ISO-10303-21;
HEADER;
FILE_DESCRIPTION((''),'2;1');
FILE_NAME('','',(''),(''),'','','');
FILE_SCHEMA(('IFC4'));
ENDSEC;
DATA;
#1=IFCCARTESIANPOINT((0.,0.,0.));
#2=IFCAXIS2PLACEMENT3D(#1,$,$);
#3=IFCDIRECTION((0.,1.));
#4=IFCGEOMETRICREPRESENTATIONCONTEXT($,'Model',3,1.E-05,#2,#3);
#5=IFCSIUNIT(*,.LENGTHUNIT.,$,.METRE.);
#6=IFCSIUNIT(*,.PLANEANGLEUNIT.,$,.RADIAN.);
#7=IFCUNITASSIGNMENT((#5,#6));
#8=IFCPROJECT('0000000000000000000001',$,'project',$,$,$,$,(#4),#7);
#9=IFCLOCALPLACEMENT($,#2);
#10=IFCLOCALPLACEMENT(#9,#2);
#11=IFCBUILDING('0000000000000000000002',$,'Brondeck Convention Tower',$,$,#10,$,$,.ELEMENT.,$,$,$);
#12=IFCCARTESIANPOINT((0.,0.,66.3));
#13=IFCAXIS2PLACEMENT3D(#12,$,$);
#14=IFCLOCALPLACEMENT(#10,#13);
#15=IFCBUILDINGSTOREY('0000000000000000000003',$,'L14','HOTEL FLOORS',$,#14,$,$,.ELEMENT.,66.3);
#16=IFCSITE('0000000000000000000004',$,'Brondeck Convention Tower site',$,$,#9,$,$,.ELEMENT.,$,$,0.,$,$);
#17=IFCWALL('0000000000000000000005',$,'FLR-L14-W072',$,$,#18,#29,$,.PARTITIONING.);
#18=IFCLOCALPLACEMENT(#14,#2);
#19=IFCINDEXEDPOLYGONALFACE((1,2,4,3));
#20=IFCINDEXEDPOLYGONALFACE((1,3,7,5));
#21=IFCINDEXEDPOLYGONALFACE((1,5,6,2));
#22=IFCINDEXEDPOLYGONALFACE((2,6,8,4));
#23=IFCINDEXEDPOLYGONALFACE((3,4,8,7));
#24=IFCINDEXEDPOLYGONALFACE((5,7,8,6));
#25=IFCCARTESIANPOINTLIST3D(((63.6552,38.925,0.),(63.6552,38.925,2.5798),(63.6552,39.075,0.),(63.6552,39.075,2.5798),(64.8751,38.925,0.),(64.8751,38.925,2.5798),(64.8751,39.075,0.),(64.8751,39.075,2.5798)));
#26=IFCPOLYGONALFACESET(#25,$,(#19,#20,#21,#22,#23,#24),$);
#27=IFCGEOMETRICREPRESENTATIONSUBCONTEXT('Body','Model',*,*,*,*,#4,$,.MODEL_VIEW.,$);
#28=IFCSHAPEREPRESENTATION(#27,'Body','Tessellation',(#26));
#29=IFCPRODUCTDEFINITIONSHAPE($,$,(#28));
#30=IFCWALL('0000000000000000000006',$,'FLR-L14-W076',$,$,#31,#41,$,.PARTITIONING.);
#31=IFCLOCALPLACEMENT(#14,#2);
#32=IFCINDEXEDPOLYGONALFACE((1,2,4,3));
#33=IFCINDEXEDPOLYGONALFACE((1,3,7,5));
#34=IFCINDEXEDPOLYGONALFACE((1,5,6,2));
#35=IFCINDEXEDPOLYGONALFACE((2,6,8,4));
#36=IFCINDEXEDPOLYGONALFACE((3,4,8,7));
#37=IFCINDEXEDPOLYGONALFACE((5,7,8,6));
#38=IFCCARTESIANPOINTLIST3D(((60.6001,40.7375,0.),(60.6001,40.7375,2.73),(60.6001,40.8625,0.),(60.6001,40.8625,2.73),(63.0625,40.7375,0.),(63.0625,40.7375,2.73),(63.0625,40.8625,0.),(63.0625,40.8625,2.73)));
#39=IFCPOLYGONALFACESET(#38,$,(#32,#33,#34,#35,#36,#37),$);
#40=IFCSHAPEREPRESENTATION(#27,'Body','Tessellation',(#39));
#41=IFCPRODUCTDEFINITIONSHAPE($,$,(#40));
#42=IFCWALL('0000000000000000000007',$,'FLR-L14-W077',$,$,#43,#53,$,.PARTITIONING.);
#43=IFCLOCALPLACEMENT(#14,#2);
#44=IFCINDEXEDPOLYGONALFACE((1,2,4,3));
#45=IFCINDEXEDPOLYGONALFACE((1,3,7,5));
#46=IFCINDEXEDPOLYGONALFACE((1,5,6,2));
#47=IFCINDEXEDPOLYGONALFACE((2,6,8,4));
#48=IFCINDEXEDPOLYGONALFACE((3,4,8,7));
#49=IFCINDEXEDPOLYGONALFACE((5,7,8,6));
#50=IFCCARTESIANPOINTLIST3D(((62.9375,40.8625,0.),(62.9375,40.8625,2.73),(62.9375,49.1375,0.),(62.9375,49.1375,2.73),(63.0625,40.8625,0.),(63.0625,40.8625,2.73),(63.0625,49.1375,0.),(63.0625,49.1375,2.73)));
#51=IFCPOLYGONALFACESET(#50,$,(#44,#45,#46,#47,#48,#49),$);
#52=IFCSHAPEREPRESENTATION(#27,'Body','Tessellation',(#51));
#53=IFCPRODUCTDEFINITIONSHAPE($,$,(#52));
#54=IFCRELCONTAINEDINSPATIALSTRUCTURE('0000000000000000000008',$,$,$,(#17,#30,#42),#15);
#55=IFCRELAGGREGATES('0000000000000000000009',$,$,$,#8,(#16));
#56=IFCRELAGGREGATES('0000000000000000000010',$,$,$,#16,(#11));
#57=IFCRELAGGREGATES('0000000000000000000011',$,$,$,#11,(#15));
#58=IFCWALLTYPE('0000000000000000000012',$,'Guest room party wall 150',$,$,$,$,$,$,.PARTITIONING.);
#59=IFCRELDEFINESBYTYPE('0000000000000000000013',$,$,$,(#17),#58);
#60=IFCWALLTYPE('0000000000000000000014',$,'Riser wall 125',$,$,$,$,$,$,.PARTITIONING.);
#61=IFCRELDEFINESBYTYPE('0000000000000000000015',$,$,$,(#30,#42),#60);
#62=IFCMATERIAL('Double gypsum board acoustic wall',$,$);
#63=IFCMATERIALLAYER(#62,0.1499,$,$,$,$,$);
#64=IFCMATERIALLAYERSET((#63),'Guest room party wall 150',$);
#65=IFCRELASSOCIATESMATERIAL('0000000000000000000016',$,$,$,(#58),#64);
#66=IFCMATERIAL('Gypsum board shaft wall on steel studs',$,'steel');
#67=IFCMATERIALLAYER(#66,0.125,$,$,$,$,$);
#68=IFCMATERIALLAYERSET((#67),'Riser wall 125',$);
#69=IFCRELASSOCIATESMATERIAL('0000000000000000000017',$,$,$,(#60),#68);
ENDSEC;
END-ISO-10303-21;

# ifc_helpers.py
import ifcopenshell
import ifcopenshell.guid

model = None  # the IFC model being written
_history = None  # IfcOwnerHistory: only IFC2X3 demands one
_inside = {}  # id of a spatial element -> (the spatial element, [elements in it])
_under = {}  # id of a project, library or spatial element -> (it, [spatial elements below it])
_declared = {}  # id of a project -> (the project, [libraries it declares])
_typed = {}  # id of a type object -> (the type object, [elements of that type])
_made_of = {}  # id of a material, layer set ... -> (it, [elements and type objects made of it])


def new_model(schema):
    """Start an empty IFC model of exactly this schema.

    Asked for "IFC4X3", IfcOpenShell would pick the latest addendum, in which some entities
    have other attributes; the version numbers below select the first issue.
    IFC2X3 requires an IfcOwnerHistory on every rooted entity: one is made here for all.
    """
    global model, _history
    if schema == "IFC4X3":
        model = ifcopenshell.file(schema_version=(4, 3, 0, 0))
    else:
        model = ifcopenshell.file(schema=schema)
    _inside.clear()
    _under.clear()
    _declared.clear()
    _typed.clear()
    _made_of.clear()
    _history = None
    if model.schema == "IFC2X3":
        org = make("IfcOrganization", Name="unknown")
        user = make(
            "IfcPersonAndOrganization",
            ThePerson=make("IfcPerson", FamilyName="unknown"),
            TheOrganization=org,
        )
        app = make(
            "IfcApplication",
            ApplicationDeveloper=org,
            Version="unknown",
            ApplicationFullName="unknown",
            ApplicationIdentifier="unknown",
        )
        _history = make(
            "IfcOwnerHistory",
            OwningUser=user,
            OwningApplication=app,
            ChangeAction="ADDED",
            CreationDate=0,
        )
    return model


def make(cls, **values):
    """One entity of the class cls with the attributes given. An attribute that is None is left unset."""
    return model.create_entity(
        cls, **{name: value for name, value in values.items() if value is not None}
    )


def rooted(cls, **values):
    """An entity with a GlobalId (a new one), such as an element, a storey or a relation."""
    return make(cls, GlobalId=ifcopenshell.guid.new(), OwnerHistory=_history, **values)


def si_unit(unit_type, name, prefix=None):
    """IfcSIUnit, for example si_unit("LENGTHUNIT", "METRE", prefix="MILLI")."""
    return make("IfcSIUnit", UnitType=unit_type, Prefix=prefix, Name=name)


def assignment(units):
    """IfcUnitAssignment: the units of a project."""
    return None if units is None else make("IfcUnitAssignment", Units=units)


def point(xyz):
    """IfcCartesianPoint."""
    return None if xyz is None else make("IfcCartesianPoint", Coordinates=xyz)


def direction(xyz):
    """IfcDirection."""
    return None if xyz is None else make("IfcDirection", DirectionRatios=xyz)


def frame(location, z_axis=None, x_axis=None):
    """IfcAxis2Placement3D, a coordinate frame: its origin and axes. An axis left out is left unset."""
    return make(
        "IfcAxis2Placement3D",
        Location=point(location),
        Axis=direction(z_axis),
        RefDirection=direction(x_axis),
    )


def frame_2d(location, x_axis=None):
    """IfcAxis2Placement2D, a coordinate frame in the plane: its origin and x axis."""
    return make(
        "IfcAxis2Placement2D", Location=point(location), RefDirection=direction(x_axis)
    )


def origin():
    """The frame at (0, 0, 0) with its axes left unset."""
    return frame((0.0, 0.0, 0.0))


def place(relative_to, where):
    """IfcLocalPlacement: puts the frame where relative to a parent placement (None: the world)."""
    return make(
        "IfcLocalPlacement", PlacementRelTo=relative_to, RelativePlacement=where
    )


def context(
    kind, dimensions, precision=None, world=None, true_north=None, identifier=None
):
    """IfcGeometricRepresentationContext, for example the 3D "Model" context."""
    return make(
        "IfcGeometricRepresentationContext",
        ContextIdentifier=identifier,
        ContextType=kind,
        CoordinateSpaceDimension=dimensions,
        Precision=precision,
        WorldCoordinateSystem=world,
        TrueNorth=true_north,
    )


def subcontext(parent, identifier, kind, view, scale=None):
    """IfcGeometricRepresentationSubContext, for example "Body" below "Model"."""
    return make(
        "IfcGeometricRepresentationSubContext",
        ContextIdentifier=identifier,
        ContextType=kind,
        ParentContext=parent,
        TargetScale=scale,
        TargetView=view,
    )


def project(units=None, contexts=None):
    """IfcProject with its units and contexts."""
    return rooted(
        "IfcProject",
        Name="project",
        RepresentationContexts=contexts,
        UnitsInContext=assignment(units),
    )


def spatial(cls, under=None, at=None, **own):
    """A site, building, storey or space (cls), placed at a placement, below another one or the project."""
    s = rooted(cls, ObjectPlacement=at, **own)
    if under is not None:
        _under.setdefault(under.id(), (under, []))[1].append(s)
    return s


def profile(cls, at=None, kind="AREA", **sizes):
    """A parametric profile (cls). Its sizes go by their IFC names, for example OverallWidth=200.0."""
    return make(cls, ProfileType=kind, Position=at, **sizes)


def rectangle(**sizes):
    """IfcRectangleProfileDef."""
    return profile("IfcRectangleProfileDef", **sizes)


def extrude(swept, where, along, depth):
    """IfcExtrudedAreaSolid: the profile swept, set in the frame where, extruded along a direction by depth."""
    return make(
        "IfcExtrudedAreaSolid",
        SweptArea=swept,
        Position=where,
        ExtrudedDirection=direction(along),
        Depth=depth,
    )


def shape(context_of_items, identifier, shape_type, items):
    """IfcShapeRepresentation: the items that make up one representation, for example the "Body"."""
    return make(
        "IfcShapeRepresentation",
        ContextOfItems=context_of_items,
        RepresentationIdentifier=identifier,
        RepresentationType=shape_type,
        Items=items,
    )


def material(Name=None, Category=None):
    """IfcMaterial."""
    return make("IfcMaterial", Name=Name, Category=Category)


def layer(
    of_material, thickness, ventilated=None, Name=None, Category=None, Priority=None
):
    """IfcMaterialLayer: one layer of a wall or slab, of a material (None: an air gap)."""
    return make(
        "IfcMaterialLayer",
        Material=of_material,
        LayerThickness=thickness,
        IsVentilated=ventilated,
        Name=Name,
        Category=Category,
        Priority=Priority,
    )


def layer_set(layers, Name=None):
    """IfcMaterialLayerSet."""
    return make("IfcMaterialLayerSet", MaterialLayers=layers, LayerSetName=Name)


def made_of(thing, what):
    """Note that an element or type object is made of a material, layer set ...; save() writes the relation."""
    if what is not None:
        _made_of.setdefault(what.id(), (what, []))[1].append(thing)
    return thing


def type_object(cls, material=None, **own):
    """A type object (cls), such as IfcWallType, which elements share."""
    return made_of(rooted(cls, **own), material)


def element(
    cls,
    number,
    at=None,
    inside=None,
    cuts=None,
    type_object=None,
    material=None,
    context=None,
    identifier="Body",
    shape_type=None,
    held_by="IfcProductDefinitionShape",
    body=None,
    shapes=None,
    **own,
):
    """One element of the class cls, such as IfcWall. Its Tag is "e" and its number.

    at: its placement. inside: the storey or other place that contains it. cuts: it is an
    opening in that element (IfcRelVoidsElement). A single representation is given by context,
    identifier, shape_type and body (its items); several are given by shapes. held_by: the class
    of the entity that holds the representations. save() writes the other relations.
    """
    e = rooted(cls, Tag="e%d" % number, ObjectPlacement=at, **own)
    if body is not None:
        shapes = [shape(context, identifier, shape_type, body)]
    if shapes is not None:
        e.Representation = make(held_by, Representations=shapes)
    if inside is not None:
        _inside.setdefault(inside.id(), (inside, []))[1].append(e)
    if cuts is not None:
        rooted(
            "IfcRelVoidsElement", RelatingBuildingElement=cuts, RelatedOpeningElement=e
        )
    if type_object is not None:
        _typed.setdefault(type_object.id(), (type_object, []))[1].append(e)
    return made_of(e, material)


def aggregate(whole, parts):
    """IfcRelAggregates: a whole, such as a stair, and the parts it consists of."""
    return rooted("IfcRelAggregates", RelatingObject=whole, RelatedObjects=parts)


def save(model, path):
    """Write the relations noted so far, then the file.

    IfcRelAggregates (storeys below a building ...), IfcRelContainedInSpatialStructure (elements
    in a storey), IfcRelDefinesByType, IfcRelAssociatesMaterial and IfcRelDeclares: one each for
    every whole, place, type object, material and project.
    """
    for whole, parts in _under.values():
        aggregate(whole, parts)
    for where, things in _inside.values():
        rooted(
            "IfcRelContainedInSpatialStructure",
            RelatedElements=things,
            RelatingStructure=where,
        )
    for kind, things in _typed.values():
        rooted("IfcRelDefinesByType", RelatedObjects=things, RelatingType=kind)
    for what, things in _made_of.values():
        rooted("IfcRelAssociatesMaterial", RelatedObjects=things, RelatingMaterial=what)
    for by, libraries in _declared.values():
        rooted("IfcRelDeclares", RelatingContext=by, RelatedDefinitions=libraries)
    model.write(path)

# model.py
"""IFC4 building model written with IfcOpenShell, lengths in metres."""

from ifc_helpers import new_model, si_unit, direction, frame, frame_2d, origin, place, context, subcontext, project, spatial, rectangle, extrude, material, layer, layer_set, type_object, element, save


model = new_model("IFC4")

# Units and contexts
model_context = context("Model", 3, precision=1e-05, world=origin(), true_north=direction((0.0, 1.0)))
body_context = subcontext(model_context, "Body", "Model", "MODEL_VIEW")
ifc_project = project(units=[si_unit("LENGTHUNIT", "METRE"), si_unit("PLANEANGLEUNIT", "RADIAN")], contexts=[model_context])

# Site, building, storey
site_placement = place(None, origin())
site = spatial("IfcSite", under=ifc_project, at=site_placement, Name="Brondeck Convention Tower site", CompositionType="ELEMENT", RefElevation=0.0)
building_placement = place(site_placement, origin())
building = spatial("IfcBuilding", under=site, at=building_placement, Name="Brondeck Convention Tower", CompositionType="ELEMENT")
storey_placement = place(building_placement, frame((0.0, 0.0, 66.3)))
storey = spatial("IfcBuildingStorey", under=building, at=storey_placement, Name="L14", Description="HOTEL FLOORS", CompositionType="ELEMENT", Elevation=66.3)

# Shared definitions
ifc_material_1 = material(Name="Double gypsum board acoustic wall")
ifc_layer_1 = layer(ifc_material_1, 0.1499)
ifc_layer_set_1 = layer_set([ifc_layer_1], Name="Guest room party wall 150")
wall_type_1 = type_object("IfcWallType", Name="Guest room party wall 150", PredefinedType="PARTITIONING", material=ifc_layer_set_1)

# Walls
wall_1_placement = place(storey_placement, frame((64.875, 39.0, 0.0), z_axis=(0.0, 0.0, 1.0), x_axis=(-1.0, 0.0, 0.0)))
element("IfcWall", 1, at=wall_1_placement, inside=storey, type_object=wall_type_1, Name="FLR-L14-W072", PredefinedType="PARTITIONING", context=body_context, shape_type="SweptSolid", body=[
    extrude(rectangle(XDim=1.22, YDim=0.1499, at=frame_2d((0.6099, 0.0))), origin(), (0.0, 0.0, 1.0), 2.5798),
])
ifc_material_2 = material(Name="Gypsum board shaft wall on steel studs", Category="steel")
ifc_layer_2 = layer(ifc_material_2, 0.125)
ifc_layer_set_2 = layer_set([ifc_layer_2], Name="Riser wall 125")
wall_type_2 = type_object("IfcWallType", Name="Riser wall 125", PredefinedType="PARTITIONING", material=ifc_layer_set_2)
wall_2_placement = place(storey_placement, frame((60.6001, 40.8, 0.0), z_axis=(0.0, 0.0, 1.0), x_axis=(1.0, 0.0, 0.0)))
element("IfcWall", 2, at=wall_2_placement, inside=storey, type_object=wall_type_2, Name="FLR-L14-W076", PredefinedType="PARTITIONING", context=body_context, shape_type="SweptSolid", body=[
    extrude(rectangle(XDim=2.4624, YDim=0.125, at=frame_2d((1.2312, 0.0))), origin(), (0.0, 0.0, 1.0), 2.73),
])
wall_3_placement = place(storey_placement, frame((63.0, 40.8625, 0.0), z_axis=(0.0, 0.0, 1.0), x_axis=(0.0, 1.0, 0.0)))
element("IfcWall", 3, at=wall_3_placement, inside=storey, type_object=wall_type_2, Name="FLR-L14-W077", PredefinedType="PARTITIONING", context=body_context, shape_type="SweptSolid", body=[
    extrude(rectangle(XDim=8.2749, YDim=0.125, at=frame_2d((4.1375, 0.0))), origin(), (0.0, 0.0, 1.0), 2.73),
])

save(model, "model.ifc")
